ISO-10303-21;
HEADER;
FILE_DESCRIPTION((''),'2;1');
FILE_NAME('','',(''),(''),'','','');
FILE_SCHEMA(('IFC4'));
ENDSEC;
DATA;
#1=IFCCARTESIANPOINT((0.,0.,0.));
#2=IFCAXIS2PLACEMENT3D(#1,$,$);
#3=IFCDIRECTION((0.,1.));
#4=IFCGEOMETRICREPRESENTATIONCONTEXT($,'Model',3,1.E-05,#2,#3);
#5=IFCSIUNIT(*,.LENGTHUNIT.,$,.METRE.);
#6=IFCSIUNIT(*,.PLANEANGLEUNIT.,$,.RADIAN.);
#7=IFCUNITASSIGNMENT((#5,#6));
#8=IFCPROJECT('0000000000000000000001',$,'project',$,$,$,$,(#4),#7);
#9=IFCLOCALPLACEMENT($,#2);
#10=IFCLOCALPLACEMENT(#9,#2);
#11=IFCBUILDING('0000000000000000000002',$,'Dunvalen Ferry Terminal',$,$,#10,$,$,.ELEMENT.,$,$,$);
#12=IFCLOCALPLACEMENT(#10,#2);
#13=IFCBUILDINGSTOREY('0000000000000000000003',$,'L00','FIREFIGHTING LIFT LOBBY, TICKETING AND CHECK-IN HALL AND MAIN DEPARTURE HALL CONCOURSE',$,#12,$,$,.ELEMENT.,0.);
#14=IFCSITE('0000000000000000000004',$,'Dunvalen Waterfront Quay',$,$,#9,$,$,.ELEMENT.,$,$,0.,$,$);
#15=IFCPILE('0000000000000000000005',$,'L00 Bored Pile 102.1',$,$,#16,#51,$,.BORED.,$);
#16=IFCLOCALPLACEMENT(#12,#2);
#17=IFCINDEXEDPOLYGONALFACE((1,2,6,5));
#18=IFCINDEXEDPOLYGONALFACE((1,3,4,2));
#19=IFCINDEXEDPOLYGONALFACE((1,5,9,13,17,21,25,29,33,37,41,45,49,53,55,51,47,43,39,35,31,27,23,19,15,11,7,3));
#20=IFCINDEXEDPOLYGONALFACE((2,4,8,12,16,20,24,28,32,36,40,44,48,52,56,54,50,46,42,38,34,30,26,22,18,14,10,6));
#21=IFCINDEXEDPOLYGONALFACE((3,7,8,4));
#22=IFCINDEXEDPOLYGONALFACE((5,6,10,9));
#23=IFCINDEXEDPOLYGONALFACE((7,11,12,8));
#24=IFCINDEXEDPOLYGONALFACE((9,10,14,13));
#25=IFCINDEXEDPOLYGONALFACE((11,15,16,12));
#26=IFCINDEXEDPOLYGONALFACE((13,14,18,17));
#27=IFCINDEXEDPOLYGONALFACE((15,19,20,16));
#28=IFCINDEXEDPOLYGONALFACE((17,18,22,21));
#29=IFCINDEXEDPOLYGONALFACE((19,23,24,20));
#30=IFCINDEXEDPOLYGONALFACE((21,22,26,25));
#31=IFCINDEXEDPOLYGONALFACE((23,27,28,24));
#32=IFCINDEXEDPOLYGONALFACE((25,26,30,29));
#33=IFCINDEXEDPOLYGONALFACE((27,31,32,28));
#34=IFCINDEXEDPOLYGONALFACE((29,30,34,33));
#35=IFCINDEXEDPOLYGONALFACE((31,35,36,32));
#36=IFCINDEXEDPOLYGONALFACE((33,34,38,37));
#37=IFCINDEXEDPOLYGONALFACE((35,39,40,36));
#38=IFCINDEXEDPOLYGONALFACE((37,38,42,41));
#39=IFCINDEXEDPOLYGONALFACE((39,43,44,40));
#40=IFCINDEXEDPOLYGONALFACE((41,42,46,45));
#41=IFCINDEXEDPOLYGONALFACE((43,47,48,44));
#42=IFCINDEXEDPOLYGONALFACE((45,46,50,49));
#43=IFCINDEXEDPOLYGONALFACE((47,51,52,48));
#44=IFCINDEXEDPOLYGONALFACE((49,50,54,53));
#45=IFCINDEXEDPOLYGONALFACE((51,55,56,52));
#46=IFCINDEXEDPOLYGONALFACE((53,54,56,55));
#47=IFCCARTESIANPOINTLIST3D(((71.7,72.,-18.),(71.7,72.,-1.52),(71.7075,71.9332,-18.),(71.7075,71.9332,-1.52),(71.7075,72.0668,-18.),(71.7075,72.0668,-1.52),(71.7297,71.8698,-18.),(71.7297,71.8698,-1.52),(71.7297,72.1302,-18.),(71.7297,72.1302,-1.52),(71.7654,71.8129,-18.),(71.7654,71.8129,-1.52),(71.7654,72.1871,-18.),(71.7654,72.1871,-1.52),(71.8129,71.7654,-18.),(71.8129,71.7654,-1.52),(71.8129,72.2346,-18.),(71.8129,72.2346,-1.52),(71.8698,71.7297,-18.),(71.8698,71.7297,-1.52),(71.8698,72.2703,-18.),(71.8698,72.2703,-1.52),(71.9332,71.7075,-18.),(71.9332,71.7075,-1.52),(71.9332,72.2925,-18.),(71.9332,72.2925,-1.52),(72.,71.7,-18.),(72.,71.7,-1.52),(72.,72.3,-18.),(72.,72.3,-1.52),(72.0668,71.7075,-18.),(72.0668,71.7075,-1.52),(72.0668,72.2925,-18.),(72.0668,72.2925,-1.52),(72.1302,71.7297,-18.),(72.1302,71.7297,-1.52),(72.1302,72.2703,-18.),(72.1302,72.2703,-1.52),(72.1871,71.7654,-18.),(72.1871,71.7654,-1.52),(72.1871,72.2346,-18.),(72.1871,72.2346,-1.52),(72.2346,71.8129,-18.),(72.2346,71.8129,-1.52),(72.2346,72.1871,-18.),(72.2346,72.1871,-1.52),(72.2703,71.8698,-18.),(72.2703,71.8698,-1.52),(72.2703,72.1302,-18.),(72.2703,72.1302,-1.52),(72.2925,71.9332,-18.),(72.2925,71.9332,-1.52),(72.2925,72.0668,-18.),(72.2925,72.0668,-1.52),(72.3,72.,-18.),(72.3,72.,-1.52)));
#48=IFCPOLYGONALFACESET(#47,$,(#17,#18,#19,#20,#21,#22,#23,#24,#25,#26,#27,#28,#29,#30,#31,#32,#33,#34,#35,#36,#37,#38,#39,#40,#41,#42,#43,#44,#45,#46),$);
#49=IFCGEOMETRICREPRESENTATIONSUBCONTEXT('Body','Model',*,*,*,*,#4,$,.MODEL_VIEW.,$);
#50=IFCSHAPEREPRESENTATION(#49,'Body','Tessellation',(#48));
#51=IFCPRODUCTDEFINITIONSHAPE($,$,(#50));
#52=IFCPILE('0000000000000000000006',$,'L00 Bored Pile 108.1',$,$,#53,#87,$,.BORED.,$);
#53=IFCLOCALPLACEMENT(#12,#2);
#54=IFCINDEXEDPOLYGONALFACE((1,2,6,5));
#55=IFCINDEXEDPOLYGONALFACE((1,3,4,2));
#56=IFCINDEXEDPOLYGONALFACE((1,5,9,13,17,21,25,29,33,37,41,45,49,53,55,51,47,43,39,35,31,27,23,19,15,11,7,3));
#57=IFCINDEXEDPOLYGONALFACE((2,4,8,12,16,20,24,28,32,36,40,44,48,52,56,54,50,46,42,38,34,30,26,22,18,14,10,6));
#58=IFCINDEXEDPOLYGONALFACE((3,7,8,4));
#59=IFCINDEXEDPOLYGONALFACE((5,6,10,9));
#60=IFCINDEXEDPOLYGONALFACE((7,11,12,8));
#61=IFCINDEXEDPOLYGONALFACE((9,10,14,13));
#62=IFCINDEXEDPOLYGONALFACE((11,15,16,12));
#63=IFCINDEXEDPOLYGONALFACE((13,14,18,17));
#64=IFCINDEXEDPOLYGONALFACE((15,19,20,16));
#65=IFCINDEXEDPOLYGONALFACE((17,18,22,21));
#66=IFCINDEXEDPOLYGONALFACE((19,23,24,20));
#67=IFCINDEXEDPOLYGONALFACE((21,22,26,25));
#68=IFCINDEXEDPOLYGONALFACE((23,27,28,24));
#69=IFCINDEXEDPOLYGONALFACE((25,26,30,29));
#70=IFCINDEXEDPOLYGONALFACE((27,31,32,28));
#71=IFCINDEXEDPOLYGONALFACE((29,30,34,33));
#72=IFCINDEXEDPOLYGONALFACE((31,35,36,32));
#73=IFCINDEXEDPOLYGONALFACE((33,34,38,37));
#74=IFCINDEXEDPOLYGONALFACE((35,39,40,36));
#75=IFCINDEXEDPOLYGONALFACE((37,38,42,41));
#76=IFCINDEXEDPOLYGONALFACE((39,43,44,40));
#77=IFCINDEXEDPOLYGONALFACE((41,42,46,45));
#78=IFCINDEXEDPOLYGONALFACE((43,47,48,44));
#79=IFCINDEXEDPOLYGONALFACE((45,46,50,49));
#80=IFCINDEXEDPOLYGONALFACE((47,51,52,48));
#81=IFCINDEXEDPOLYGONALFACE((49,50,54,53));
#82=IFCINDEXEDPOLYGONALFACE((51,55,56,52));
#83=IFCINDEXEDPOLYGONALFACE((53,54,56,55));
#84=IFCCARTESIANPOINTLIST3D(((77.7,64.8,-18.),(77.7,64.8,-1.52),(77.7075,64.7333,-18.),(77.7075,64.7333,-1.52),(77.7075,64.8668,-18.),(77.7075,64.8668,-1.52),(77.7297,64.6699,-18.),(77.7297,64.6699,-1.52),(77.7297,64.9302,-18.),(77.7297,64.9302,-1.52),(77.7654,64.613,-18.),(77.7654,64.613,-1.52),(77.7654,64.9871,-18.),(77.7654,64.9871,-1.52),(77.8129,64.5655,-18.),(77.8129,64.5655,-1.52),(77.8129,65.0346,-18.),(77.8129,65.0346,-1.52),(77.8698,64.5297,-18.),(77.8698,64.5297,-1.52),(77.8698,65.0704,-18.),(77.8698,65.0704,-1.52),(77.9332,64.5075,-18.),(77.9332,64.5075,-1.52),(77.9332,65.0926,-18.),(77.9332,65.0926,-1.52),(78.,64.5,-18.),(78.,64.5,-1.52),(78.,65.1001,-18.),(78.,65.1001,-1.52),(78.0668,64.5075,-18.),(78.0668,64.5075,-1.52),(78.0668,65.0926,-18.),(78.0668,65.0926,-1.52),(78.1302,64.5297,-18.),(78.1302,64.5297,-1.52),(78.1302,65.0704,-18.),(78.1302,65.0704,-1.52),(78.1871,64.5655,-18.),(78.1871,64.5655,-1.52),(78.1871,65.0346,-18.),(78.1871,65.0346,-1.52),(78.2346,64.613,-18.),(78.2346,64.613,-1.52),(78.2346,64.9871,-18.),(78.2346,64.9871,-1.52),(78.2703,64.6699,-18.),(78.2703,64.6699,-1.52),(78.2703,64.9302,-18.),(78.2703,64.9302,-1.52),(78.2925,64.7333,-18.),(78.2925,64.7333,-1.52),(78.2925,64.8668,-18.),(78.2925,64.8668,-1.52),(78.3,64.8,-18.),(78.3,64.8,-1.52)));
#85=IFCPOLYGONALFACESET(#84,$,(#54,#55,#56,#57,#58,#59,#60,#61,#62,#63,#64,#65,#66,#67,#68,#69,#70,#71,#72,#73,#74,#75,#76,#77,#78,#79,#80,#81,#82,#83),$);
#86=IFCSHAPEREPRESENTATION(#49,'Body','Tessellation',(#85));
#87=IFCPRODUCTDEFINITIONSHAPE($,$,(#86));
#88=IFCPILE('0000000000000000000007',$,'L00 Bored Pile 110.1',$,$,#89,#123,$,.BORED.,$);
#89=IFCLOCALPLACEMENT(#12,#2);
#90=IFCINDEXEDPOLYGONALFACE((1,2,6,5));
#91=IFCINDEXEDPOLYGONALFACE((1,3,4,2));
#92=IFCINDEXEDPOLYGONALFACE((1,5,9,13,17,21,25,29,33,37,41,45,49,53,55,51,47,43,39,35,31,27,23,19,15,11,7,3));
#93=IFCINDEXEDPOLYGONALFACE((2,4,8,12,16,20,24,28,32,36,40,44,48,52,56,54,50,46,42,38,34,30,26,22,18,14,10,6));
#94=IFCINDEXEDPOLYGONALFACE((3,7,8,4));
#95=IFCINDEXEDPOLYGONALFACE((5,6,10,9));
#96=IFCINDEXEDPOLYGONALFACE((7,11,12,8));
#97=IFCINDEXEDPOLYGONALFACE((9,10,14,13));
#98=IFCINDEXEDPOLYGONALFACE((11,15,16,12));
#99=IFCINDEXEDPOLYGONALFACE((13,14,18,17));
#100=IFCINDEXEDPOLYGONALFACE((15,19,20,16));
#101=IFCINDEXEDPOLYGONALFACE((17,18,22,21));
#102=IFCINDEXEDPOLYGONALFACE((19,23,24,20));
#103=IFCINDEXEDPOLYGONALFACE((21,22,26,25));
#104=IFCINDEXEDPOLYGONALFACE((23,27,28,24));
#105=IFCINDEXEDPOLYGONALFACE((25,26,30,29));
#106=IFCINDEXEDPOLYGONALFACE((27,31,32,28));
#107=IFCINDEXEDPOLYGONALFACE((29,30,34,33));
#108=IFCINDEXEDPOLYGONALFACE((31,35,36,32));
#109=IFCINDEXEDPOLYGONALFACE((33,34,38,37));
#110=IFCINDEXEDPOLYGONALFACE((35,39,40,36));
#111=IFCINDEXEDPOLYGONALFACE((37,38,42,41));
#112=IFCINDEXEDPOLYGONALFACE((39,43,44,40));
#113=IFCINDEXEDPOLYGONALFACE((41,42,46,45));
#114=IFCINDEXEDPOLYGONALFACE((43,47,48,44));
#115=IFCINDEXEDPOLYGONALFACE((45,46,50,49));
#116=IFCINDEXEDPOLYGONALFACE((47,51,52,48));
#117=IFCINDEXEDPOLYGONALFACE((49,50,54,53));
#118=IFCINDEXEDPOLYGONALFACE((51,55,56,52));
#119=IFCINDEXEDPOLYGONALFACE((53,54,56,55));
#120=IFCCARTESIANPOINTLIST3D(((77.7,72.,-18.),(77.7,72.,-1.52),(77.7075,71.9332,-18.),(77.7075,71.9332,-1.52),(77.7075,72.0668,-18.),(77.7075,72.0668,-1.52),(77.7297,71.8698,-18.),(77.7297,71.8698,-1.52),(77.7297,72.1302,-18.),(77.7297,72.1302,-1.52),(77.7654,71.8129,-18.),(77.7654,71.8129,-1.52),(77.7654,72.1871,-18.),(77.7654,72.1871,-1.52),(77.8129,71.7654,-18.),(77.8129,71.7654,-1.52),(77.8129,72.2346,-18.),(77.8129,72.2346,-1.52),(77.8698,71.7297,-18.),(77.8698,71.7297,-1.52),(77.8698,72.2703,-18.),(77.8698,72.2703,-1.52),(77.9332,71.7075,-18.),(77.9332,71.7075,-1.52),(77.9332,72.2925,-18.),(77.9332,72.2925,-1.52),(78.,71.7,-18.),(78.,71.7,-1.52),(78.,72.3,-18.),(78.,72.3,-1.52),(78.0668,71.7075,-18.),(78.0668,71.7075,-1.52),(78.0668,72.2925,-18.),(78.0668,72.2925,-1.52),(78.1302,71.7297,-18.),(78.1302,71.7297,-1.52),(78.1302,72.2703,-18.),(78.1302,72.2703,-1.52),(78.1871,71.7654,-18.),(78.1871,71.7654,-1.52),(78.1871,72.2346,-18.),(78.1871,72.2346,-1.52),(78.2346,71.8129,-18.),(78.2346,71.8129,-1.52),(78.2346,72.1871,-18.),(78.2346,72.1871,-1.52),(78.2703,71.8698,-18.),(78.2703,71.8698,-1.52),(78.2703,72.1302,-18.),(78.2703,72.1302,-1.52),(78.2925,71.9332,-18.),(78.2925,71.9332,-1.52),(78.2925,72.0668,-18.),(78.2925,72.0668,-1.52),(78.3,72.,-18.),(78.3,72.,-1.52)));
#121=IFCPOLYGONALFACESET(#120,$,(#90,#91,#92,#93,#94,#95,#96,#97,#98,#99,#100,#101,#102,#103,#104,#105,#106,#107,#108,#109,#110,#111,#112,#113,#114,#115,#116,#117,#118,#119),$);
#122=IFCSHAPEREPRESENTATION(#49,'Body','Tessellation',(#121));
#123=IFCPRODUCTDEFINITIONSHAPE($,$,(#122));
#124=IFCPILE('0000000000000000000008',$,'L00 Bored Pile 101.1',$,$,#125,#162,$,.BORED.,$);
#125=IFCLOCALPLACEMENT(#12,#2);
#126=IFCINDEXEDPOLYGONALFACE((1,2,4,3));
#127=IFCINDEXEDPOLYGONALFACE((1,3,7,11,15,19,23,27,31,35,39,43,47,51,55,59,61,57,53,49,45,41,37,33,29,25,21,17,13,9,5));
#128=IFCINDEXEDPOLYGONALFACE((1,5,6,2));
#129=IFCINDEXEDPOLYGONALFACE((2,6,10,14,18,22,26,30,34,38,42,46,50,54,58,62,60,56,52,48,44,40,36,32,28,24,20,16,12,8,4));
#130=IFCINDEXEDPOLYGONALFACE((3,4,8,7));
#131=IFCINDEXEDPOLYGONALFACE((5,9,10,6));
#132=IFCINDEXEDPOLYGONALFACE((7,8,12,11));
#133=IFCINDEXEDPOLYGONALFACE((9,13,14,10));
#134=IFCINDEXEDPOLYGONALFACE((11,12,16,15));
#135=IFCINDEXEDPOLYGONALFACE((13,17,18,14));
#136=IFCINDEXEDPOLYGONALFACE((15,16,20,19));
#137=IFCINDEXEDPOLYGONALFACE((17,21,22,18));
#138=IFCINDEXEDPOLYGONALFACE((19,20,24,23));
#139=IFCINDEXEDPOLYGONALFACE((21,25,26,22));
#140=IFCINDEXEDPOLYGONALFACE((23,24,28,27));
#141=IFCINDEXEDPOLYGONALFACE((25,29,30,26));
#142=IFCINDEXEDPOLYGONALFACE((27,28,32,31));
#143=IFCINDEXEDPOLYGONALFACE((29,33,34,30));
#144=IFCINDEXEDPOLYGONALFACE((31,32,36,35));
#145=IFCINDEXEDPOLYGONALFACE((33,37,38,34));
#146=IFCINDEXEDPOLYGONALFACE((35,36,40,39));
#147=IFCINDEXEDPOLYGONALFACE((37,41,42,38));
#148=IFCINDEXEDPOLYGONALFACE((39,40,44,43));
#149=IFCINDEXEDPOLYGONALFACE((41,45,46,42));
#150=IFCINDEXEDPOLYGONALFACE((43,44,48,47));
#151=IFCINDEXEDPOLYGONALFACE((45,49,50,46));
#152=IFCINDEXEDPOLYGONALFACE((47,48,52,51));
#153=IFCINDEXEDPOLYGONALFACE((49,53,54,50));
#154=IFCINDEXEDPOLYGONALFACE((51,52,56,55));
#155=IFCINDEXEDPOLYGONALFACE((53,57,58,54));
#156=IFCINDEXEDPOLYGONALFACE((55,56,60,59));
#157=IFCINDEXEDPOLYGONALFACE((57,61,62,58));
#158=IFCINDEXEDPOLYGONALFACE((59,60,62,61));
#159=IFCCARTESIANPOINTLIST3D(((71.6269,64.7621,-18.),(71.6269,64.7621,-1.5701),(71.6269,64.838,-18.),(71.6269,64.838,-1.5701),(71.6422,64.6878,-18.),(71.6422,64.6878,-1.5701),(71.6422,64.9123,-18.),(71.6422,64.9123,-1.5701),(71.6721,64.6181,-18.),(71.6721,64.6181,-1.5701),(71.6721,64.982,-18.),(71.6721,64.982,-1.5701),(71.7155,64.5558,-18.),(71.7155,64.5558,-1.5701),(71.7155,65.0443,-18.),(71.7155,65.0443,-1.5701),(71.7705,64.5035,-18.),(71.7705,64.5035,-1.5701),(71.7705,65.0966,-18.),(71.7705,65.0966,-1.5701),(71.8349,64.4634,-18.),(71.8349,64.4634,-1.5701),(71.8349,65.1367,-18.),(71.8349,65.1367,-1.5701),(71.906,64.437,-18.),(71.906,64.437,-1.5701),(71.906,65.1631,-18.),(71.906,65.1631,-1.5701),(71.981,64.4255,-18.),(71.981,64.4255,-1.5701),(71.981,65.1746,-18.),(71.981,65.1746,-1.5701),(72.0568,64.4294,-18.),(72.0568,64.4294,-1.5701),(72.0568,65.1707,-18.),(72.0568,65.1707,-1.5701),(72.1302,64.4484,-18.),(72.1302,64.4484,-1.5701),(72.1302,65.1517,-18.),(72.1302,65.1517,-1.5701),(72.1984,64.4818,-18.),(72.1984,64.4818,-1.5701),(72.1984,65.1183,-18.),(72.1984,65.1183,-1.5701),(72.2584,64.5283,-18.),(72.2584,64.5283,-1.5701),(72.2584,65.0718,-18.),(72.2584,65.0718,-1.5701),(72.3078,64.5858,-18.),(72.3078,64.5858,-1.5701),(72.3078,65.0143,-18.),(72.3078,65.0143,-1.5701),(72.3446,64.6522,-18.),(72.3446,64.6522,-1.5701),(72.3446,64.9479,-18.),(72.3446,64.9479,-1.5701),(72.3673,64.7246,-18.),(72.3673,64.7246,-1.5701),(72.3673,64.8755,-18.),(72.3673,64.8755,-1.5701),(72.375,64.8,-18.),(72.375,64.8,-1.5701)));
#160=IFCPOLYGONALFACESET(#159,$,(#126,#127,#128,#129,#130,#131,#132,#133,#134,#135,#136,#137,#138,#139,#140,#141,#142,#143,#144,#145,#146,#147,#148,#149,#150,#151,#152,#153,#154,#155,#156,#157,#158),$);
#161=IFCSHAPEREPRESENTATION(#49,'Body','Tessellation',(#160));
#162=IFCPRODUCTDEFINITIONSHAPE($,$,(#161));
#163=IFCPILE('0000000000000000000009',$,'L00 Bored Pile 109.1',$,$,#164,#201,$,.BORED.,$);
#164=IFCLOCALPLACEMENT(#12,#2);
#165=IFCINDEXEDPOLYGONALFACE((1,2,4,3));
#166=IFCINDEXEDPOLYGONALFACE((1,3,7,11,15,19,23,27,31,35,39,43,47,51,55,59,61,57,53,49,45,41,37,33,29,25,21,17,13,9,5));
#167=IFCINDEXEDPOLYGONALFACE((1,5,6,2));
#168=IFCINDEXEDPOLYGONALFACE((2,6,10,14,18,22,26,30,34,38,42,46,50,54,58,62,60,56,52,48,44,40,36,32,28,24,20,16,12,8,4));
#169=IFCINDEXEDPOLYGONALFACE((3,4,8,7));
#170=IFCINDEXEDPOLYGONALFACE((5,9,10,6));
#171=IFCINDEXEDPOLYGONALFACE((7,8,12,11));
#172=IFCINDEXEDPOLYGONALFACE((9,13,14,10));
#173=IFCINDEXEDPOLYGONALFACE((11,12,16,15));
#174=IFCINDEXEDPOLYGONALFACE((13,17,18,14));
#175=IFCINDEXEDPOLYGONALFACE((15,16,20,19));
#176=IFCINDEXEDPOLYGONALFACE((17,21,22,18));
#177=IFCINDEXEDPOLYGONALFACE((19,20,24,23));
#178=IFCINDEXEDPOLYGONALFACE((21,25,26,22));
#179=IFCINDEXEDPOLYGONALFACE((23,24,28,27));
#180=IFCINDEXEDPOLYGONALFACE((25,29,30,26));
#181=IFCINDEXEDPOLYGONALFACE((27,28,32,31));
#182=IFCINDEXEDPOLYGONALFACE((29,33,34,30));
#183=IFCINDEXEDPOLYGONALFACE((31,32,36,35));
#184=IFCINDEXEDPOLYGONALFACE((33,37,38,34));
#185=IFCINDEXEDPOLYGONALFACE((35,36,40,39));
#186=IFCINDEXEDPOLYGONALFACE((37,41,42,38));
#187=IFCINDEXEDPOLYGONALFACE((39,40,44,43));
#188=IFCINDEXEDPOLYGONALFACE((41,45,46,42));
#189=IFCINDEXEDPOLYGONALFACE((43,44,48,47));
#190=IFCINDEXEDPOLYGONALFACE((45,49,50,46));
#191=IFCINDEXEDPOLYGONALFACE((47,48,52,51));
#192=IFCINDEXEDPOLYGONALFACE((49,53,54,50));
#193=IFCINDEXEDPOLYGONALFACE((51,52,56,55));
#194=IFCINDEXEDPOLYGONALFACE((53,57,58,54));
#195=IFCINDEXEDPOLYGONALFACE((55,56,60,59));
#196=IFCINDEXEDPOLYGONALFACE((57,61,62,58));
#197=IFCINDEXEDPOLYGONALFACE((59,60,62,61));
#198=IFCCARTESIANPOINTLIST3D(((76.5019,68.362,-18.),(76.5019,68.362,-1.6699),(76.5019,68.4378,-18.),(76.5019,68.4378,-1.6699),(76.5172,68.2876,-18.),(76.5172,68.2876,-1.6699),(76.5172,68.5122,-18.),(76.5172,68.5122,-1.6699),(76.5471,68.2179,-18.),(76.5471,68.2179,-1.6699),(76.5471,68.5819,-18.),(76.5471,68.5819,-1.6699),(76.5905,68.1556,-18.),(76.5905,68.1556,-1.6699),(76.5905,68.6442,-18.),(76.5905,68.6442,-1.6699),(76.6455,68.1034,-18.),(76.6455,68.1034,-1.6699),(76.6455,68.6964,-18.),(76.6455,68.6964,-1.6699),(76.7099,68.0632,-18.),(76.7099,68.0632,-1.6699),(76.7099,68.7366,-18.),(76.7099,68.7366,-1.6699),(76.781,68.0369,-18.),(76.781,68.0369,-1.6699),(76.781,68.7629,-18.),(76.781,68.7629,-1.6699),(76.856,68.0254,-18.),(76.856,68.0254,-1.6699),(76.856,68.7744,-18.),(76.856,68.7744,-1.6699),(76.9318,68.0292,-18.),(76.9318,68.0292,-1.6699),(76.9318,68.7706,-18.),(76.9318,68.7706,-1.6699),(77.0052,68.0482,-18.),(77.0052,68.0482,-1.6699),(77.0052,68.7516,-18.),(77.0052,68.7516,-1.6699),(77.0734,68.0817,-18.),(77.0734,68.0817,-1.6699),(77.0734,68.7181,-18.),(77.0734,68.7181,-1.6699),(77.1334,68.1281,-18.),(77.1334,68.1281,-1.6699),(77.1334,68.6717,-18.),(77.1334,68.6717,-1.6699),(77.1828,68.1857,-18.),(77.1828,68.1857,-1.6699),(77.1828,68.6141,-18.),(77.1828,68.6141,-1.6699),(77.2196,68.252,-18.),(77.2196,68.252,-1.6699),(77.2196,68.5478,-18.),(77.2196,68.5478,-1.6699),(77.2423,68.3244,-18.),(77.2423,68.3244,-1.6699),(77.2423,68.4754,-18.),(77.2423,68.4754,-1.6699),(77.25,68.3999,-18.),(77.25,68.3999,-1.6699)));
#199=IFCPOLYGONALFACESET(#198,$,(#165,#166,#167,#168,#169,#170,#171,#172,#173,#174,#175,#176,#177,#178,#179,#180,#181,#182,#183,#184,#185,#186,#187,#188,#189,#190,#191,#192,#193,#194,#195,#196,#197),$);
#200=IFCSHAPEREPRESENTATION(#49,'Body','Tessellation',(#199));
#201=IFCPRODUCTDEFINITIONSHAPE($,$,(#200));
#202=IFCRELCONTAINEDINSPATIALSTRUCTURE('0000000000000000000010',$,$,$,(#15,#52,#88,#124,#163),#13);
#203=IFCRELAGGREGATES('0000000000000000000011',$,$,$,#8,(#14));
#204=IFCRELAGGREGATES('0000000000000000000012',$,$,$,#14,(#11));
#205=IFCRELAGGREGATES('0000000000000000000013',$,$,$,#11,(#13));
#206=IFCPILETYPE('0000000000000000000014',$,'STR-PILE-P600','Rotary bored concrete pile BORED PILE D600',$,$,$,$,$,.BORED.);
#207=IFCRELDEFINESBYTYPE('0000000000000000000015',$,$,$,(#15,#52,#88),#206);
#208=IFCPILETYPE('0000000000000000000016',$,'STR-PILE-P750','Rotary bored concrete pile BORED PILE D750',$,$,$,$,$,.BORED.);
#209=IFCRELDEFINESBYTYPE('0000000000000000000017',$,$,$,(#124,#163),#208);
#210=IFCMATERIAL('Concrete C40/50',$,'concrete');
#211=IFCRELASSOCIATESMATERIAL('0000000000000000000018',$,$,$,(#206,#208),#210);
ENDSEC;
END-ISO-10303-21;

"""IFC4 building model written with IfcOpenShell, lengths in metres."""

from ifc_helpers import new_model, si_unit, direction, frame, origin, origin_2d, place, context, subcontext, project, spatial, circle, extrude, material, material_profile, profile_set, type_object, element, save


model = new_model("IFC4")

# Units and contexts
model_context = context("Model", 3, precision=1e-05, world=origin(), true_north=direction((0.0, 1.0)))
body_context = subcontext(model_context, "Body", "Model", "MODEL_VIEW")
ifc_project = project(units=[si_unit("LENGTHUNIT", "METRE"), si_unit("PLANEANGLEUNIT", "RADIAN")], contexts=[model_context])

# Site, building, storey
site_placement = place(None, origin())
site = spatial("IfcSite", under=ifc_project, at=site_placement, Name="Dunvalen Waterfront Quay", CompositionType="ELEMENT", RefElevation=0.0)
building_placement = place(site_placement, origin())
building = spatial("IfcBuilding", under=site, at=building_placement, Name="Dunvalen Ferry Terminal", CompositionType="ELEMENT")
storey_placement = place(building_placement, origin())
storey = spatial("IfcBuildingStorey", under=building, at=storey_placement, Name="L00", Description="FIREFIGHTING LIFT LOBBY, TICKETING AND CHECK-IN HALL AND MAIN DEPARTURE HALL CONCOURSE", CompositionType="ELEMENT", Elevation=0.0)

# Shared definitions
ifc_material_1 = material(Name="Concrete C40/50", Category="concrete")

# Piles
ifc_material_profile_1 = material_profile(ifc_material_1, circle(Radius=0.3, at=origin_2d()), Name="Concrete C40/50")
ifc_profile_set_1 = profile_set([ifc_material_profile_1], Name="Concrete C40/50")
pile_type_1 = type_object("IfcPileType", Name="STR-PILE-P600", Description="Rotary bored concrete pile BORED PILE D600", PredefinedType="BORED", material=ifc_profile_set_1)
for number, where, z_axis, x_axis, name in (
    (1, (72.0, 72.0, -1.52), (0.0, 0.0, -1.0), (1.0, 0.0, 0.0), "L00 Bored Pile 102.1"),
    (2, (78.0, 64.8, -1.52), (0.0, 0.0, -1.0), (1.0, 0.0, 0.0), "L00 Bored Pile 108.1"),
    (3, (78.0, 72.0, -1.52), (0.0, 0.0, -1.0), (1.0, 0.0, 0.0), "L00 Bored Pile 110.1"),
):
    element("IfcPile", number, at=place(storey_placement, frame(where, z_axis=z_axis, x_axis=x_axis)), inside=storey, type_object=pile_type_1, Name=name, PredefinedType="BORED", context=body_context, shape_type="SweptSolid", body=[
        extrude(circle(Radius=0.3, at=origin_2d()), origin(), (0.0, 0.0, 1.0), 16.48),
    ])
ifc_material_profile_2 = material_profile(ifc_material_1, circle(Radius=0.375, at=origin_2d()), Name="Concrete C40/50")
ifc_profile_set_2 = profile_set([ifc_material_profile_2], Name="Concrete C40/50")
pile_type_2 = type_object("IfcPileType", Name="STR-PILE-P750", Description="Rotary bored concrete pile BORED PILE D750", PredefinedType="BORED", material=ifc_profile_set_2)
pile_1_placement = place(storey_placement, frame((72.0, 64.8, -1.5701), z_axis=(0.0, 0.0, -1.0), x_axis=(1.0, 0.0, 0.0)))
element("IfcPile", 4, at=pile_1_placement, inside=storey, type_object=pile_type_2, Name="L00 Bored Pile 101.1", PredefinedType="BORED", context=body_context, shape_type="SweptSolid", body=[
    extrude(circle(Radius=0.375, at=origin_2d()), origin(), (0.0, 0.0, 1.0), 16.4299),
])
pile_2_placement = place(storey_placement, frame((76.875, 68.3999, -1.6699), z_axis=(0.0, 0.0, -1.0), x_axis=(1.0, 0.0, 0.0)))
element("IfcPile", 5, at=pile_2_placement, inside=storey, type_object=pile_type_2, Name="L00 Bored Pile 109.1", PredefinedType="BORED", context=body_context, shape_type="SweptSolid", body=[
    extrude(circle(Radius=0.375, at=origin_2d()), origin(), (0.0, 0.0, 1.0), 16.3301),
])

save(model, "model.ifc")
